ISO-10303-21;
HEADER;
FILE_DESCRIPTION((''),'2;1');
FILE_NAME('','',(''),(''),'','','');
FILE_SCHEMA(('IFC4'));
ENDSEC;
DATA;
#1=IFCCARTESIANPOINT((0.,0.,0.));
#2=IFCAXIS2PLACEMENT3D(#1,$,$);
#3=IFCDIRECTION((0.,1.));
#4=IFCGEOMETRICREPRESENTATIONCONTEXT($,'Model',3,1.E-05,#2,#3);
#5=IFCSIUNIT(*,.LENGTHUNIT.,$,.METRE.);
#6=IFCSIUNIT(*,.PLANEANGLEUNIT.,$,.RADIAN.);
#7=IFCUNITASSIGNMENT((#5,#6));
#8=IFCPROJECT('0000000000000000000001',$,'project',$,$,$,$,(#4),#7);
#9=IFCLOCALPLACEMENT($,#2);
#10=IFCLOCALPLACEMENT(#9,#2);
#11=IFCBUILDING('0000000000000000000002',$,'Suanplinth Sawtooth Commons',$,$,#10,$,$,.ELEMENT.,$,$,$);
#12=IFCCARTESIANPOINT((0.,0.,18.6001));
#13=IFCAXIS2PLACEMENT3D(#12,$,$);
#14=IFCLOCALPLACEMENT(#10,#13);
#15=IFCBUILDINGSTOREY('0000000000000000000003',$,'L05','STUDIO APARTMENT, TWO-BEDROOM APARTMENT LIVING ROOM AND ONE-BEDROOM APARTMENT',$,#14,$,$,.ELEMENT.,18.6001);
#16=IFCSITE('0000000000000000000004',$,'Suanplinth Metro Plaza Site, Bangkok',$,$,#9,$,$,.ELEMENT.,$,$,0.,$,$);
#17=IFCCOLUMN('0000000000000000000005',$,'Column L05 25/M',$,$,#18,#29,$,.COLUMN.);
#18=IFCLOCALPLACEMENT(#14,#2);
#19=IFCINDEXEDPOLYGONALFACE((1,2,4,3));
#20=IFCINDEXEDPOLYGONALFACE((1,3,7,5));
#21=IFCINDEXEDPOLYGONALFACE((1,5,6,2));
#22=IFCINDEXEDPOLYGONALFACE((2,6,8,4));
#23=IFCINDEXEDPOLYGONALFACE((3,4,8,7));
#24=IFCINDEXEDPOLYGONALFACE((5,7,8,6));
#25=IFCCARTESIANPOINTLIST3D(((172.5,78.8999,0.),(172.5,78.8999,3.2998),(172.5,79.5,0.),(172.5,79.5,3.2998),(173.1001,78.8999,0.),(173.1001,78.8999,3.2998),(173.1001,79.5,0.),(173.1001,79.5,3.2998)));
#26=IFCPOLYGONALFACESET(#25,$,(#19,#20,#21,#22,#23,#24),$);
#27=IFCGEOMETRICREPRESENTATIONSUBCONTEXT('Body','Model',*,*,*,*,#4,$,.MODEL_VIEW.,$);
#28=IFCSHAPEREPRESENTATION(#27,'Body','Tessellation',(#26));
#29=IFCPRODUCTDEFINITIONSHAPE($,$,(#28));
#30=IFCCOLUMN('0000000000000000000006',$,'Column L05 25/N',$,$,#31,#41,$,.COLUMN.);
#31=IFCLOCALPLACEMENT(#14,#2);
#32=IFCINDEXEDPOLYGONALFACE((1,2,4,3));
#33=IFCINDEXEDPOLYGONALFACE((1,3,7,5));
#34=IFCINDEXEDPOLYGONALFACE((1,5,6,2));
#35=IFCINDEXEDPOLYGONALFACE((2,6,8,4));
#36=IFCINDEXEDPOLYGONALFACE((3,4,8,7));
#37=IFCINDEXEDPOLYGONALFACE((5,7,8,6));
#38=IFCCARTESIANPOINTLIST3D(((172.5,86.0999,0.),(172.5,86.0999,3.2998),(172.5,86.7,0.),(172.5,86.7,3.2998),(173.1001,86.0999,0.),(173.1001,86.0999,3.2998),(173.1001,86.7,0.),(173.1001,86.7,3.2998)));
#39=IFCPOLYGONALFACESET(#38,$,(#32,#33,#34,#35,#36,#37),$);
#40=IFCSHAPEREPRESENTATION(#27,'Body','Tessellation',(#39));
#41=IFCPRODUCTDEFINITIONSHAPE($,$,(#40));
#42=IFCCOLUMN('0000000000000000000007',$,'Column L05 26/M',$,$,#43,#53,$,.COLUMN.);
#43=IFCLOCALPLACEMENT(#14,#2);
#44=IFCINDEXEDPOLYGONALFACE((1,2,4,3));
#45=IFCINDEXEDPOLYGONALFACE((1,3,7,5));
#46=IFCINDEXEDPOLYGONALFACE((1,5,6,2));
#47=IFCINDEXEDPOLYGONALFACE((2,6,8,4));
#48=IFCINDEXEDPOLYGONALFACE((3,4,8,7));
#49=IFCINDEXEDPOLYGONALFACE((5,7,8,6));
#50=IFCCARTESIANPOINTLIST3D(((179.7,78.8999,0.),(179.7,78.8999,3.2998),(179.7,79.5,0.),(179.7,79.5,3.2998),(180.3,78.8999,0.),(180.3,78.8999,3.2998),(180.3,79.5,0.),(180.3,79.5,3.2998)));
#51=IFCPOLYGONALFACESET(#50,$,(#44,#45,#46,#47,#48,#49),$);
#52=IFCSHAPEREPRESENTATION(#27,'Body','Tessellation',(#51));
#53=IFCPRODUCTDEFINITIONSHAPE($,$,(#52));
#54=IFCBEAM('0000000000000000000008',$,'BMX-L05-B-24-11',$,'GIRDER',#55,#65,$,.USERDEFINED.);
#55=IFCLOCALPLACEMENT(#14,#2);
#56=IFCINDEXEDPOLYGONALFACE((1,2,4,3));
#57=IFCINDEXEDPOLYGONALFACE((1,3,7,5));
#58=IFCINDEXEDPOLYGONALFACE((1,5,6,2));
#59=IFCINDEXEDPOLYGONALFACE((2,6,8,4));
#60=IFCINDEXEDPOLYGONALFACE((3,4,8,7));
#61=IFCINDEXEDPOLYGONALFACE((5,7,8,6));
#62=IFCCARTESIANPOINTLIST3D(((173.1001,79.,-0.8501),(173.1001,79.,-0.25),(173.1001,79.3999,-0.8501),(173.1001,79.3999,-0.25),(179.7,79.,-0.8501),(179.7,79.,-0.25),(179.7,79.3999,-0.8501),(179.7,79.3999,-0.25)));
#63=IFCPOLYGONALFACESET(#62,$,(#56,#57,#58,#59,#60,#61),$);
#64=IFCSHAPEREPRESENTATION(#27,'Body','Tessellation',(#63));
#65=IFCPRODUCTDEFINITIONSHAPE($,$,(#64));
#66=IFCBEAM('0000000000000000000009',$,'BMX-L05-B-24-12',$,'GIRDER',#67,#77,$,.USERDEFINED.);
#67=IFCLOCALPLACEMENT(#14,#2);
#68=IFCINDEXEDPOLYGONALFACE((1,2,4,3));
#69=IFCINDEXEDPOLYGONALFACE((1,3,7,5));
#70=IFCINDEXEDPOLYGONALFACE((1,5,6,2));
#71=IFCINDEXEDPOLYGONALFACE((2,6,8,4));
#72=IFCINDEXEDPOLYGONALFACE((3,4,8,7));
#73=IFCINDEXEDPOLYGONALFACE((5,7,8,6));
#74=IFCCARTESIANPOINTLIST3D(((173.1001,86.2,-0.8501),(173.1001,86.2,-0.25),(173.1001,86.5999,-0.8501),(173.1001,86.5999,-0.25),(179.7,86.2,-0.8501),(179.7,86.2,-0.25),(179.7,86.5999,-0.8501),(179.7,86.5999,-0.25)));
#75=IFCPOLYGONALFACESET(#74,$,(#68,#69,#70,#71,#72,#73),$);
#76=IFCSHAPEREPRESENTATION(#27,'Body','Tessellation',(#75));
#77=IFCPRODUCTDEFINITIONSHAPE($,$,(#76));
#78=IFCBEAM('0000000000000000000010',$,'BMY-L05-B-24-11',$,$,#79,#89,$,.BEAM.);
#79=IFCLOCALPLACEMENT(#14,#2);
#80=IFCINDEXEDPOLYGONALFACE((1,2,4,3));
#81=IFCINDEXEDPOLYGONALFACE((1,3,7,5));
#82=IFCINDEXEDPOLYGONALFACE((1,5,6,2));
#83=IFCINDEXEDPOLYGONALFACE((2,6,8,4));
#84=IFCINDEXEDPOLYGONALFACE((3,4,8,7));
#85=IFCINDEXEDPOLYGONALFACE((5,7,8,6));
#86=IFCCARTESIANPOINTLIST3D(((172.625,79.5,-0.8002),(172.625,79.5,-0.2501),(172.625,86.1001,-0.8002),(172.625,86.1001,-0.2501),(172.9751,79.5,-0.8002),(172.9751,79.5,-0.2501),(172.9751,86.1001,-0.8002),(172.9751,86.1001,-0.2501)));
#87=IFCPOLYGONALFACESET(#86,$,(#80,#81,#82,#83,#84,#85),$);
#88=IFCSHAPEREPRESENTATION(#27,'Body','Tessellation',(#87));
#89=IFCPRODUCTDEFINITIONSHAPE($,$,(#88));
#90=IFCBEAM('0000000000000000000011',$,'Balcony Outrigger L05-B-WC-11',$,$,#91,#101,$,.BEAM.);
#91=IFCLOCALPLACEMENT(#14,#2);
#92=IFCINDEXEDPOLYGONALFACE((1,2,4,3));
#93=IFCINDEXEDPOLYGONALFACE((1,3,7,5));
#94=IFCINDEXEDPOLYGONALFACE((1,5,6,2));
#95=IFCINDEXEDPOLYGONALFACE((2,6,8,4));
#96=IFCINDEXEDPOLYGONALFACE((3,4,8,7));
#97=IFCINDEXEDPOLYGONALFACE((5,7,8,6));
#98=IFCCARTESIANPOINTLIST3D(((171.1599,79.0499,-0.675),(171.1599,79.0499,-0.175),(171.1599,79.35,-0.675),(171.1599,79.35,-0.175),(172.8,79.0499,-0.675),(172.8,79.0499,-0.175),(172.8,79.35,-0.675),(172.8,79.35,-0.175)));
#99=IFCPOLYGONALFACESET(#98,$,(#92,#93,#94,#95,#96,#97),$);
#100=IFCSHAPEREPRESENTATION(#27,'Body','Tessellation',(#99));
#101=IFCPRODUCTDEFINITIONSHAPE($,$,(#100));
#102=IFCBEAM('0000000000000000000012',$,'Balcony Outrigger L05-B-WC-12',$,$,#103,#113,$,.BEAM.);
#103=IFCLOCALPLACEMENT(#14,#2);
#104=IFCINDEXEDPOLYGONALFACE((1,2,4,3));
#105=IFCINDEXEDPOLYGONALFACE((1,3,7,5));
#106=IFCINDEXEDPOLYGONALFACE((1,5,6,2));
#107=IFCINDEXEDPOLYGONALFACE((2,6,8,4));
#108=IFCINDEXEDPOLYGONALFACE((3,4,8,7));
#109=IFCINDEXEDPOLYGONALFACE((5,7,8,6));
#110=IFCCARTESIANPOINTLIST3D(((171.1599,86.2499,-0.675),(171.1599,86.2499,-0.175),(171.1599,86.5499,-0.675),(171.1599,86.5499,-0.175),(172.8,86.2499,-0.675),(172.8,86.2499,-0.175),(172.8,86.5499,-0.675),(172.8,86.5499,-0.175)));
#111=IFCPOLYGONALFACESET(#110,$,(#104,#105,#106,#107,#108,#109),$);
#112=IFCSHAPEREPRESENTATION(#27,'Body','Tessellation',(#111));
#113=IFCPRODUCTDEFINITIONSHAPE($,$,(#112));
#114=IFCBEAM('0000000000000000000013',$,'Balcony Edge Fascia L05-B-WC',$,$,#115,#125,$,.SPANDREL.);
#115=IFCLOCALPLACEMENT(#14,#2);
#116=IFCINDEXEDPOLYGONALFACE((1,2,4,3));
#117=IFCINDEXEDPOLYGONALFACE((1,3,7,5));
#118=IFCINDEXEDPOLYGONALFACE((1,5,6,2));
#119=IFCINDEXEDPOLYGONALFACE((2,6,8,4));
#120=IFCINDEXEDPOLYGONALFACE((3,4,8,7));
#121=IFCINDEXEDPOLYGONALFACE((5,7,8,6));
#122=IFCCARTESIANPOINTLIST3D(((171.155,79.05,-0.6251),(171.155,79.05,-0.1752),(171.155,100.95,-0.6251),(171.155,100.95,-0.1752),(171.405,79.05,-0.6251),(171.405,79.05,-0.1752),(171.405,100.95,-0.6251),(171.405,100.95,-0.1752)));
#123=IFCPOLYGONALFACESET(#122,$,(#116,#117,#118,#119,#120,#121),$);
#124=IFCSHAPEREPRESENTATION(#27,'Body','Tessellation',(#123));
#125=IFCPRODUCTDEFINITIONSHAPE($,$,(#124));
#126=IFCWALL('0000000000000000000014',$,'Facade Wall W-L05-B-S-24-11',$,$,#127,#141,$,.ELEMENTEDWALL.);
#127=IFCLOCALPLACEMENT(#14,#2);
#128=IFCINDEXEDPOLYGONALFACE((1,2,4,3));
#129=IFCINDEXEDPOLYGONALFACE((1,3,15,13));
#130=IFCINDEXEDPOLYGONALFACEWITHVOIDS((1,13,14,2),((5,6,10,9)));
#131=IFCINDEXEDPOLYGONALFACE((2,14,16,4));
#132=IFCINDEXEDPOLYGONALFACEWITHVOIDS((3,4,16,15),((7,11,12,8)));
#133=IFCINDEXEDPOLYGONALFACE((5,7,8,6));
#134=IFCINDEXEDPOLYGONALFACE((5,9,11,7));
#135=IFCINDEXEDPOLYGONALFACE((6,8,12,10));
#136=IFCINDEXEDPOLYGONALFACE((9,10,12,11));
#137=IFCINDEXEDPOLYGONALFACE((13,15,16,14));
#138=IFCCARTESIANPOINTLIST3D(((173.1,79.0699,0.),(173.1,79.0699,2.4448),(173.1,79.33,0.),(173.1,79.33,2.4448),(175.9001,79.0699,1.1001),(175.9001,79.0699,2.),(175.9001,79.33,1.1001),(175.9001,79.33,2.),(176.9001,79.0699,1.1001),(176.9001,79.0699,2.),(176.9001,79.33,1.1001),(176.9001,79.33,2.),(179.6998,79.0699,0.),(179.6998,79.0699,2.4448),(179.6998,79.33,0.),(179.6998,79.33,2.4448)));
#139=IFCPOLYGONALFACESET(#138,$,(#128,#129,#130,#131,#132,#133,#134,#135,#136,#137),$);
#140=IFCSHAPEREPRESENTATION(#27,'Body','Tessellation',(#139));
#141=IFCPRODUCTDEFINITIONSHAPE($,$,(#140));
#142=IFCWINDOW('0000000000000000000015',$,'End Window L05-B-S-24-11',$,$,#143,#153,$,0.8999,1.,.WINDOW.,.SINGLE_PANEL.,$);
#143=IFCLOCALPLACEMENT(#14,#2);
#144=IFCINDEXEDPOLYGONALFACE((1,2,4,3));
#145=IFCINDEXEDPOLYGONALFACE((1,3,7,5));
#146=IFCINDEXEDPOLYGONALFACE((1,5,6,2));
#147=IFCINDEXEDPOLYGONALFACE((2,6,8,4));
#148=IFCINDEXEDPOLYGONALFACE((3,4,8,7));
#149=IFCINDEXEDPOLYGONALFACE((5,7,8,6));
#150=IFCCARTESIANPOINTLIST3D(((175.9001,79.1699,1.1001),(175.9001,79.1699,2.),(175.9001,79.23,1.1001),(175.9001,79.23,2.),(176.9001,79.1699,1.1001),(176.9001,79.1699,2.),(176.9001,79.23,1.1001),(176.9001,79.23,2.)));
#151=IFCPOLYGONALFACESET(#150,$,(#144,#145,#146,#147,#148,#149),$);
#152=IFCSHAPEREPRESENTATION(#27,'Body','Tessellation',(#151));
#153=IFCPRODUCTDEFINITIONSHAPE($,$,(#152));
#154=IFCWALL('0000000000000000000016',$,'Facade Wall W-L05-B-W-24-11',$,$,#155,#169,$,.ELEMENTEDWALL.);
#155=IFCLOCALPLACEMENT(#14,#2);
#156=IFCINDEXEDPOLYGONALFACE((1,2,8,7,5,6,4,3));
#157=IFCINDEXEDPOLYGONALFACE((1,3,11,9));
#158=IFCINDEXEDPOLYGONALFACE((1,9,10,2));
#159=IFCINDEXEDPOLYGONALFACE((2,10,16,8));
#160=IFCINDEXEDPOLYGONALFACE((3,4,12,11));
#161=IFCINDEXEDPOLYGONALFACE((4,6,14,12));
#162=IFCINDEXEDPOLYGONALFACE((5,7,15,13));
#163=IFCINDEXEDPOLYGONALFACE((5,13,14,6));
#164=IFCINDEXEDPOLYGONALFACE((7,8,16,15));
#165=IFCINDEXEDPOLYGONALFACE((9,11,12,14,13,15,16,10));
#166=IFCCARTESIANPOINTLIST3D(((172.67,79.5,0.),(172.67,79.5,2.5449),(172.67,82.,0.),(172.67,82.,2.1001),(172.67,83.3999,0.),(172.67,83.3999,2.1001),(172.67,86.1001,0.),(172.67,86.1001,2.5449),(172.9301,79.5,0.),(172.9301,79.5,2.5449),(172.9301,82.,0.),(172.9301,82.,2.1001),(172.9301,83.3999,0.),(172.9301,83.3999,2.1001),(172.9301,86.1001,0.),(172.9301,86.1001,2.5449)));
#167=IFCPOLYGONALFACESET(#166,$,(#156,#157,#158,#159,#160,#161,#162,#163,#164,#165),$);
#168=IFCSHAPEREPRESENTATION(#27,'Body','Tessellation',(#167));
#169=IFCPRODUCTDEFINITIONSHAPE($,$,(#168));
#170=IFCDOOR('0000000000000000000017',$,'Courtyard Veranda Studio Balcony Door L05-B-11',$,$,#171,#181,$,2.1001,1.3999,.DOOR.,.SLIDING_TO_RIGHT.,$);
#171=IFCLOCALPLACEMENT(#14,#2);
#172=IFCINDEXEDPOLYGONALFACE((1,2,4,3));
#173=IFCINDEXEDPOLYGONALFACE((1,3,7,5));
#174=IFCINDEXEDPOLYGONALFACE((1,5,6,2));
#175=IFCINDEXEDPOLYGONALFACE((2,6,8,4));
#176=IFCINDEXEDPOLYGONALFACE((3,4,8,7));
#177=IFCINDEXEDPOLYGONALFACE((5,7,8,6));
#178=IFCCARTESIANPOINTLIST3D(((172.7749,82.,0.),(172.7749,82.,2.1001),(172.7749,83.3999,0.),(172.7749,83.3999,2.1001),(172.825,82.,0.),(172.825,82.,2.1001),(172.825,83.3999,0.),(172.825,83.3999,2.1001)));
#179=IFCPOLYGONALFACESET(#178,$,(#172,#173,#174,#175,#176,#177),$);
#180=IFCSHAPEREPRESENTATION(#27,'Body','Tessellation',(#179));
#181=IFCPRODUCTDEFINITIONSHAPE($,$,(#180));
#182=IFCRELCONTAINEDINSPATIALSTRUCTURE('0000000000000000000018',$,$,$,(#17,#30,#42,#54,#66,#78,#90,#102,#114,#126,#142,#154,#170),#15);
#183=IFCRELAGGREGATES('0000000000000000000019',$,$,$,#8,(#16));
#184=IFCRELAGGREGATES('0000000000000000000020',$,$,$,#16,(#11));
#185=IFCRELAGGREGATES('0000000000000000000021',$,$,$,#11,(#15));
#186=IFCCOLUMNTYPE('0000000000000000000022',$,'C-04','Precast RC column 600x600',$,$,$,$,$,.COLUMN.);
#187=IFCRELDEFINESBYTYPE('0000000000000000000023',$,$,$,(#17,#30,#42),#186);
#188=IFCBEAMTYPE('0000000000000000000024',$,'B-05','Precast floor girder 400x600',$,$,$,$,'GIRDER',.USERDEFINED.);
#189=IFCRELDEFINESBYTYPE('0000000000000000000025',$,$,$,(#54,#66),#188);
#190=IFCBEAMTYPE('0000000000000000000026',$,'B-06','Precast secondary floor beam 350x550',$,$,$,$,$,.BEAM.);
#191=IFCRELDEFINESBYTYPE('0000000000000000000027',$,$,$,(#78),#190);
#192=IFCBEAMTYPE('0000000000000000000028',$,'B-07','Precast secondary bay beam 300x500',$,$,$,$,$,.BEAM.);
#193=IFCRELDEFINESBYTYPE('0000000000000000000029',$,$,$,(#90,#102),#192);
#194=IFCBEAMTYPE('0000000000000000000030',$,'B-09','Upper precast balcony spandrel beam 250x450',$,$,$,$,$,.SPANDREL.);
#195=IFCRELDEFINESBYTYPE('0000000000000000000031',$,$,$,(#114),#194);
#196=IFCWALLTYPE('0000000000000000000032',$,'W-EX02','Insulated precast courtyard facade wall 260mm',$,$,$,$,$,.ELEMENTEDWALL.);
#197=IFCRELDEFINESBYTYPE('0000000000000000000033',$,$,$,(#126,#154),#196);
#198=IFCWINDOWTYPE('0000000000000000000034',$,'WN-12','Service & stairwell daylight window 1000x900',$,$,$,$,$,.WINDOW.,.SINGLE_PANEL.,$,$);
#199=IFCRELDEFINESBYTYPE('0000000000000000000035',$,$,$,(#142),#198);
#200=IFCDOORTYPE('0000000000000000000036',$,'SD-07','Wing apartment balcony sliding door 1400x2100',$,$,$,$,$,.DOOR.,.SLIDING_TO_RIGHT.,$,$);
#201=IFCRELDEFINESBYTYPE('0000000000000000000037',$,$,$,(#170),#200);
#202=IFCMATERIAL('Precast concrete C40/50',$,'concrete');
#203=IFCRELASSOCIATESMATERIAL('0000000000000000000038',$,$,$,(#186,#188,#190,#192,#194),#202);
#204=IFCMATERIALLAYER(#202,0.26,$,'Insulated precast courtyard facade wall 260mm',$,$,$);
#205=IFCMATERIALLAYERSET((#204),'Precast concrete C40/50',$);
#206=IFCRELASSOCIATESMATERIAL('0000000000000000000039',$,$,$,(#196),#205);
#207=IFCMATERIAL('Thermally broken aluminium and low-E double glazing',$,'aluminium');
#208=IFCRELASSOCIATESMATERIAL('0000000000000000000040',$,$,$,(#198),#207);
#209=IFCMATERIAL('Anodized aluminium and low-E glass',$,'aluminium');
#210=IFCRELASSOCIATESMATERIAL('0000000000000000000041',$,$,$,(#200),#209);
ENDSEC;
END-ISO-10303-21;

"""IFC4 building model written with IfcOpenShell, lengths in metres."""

from ifc_helpers import new_model, si_unit, direction, frame, frame_2d, origin, origin_2d, place, context, subcontext, project, spatial, rectangle, extrude, material, layer, layer_set, material_profile, profile_set, type_object, element, fill, save


model = new_model("IFC4")

# Units and contexts
model_context = context("Model", 3, precision=1e-05, world=origin(), true_north=direction((0.0, 1.0)))
body_context = subcontext(model_context, "Body", "Model", "MODEL_VIEW")
ifc_project = project(units=[si_unit("LENGTHUNIT", "METRE"), si_unit("PLANEANGLEUNIT", "RADIAN")], contexts=[model_context])

# Site, building, storey
site_placement = place(None, origin())
site = spatial("IfcSite", under=ifc_project, at=site_placement, Name="Suanplinth Metro Plaza Site, Bangkok", CompositionType="ELEMENT", RefElevation=0.0)
building_placement = place(site_placement, origin())
building = spatial("IfcBuilding", under=site, at=building_placement, Name="Suanplinth Sawtooth Commons", CompositionType="ELEMENT")
storey_placement = place(building_placement, frame((0.0, 0.0, 18.6001)))
storey = spatial("IfcBuildingStorey", under=building, at=storey_placement, Name="L05", Description="STUDIO APARTMENT, TWO-BEDROOM APARTMENT LIVING ROOM AND ONE-BEDROOM APARTMENT", CompositionType="ELEMENT", Elevation=18.6001)

# Columns
ifc_material_1 = material(Name="Precast concrete C40/50", Category="concrete")
ifc_material_profile_1 = material_profile(ifc_material_1, rectangle(XDim=0.6001, YDim=0.6001, at=origin_2d()), Name="PC-COL 600x600")
ifc_profile_set_1 = profile_set([ifc_material_profile_1], Name="Precast concrete C40/50")
column_type = type_object("IfcColumnType", Name="C-04", Description="Precast RC column 600x600", PredefinedType="COLUMN", material=ifc_profile_set_1)
for number, where, z_axis, x_axis, name in (
    (1, (172.8, 79.2, 0.0), (0.0, 0.0, 1.0), (1.0, 0.0, 0.0), "Column L05 25/M"),
    (2, (172.8, 86.3999, 0.0), (0.0, 0.0, 1.0), (1.0, 0.0, 0.0), "Column L05 25/N"),
    (3, (180.0, 79.2, 0.0), (0.0, 0.0, 1.0), (1.0, 0.0, 0.0), "Column L05 26/M"),
):
    element("IfcColumn", number, at=place(storey_placement, frame(where, z_axis=z_axis, x_axis=x_axis)), inside=storey, type_object=column_type, Name=name, PredefinedType="COLUMN", context=body_context, shape_type="SweptSolid", body=[
        extrude(rectangle(XDim=0.6001, YDim=0.6001, at=origin_2d()), origin(), (0.0, 0.0, 1.0), 3.2998),
    ])

# Beams
ifc_material_profile_2 = material_profile(ifc_material_1, rectangle(XDim=0.3999, YDim=0.6001, at=origin_2d()), Name="PC-GDR 400x600")
ifc_profile_set_2 = profile_set([ifc_material_profile_2], Name="Precast concrete C40/50")
beam_type_1 = type_object("IfcBeamType", Name="B-05", Description="Precast floor girder 400x600", ElementType="GIRDER", PredefinedType="USERDEFINED", material=ifc_profile_set_2)
for number, where, z_axis, x_axis, name in (
    (4, (173.1001, 79.2, -0.55), (1.0, 0.0, 0.0), (0.0, 1.0, 0.0), "BMX-L05-B-24-11"),
    (5, (173.1001, 86.3999, -0.55), (1.0, 0.0, 0.0), (0.0, 1.0, 0.0), "BMX-L05-B-24-12"),
):
    element("IfcBeam", number, at=place(storey_placement, frame(where, z_axis=z_axis, x_axis=x_axis)), inside=storey, type_object=beam_type_1, Name=name, ObjectType="GIRDER", PredefinedType="USERDEFINED", context=body_context, shape_type="SweptSolid", body=[
        extrude(rectangle(XDim=0.3999, YDim=0.6001, at=origin_2d()), origin(), (0.0, 0.0, 1.0), 6.5999),
    ])
ifc_material_profile_3 = material_profile(ifc_material_1, rectangle(XDim=0.3501, YDim=0.55, at=origin_2d()), Name="PC-BM 350x550")
ifc_profile_set_3 = profile_set([ifc_material_profile_3], Name="Precast concrete C40/50")
beam_type_2 = type_object("IfcBeamType", Name="B-06", Description="Precast secondary floor beam 350x550", PredefinedType="BEAM", material=ifc_profile_set_3)
beam_1_placement = place(storey_placement, frame((172.8, 79.5, -0.5251), z_axis=(0.0, 1.0, 0.0), x_axis=(-1.0, 0.0, 0.0)))
element("IfcBeam", 6, at=beam_1_placement, inside=storey, type_object=beam_type_2, Name="BMY-L05-B-24-11", PredefinedType="BEAM", context=body_context, shape_type="SweptSolid", body=[
    extrude(rectangle(XDim=0.3501, YDim=0.55, at=origin_2d()), origin(), (0.0, 0.0, 1.0), 6.6001),
])
ifc_material_profile_4 = material_profile(ifc_material_1, rectangle(XDim=0.3, YDim=0.5, at=origin_2d()), Name="PC-BM 300x500")
ifc_profile_set_4 = profile_set([ifc_material_profile_4], Name="Precast concrete C40/50")
beam_type_3 = type_object("IfcBeamType", Name="B-07", Description="Precast secondary bay beam 300x500", PredefinedType="BEAM", material=ifc_profile_set_4)
for number, where, z_axis, x_axis, name in (
    (7, (172.8, 79.2, -0.425), (-1.0, 0.0, 0.0), (0.0, -1.0, 0.0), "Balcony Outrigger L05-B-WC-11"),
    (8, (172.8, 86.3999, -0.425), (-1.0, 0.0, 0.0), (0.0, -1.0, 0.0), "Balcony Outrigger L05-B-WC-12"),
):
    element("IfcBeam", number, at=place(storey_placement, frame(where, z_axis=z_axis, x_axis=x_axis)), inside=storey, type_object=beam_type_3, Name=name, PredefinedType="BEAM", context=body_context, shape_type="SweptSolid", body=[
        extrude(rectangle(XDim=0.3, YDim=0.5, at=origin_2d()), origin(), (0.0, 0.0, 1.0), 1.6401),
    ])
ifc_material_profile_5 = material_profile(ifc_material_1, rectangle(XDim=0.25, YDim=0.45, at=origin_2d()), Name="PC-SP 250x450")
ifc_profile_set_5 = profile_set([ifc_material_profile_5], Name="Precast concrete C40/50")
beam_type_4 = type_object("IfcBeamType", Name="B-09", Description="Upper precast balcony spandrel beam 250x450", PredefinedType="SPANDREL", material=ifc_profile_set_5)
beam_2_placement = place(storey_placement, frame((171.28, 79.05, -0.4001), z_axis=(0.0, 1.0, 0.0), x_axis=(-1.0, 0.0, 0.0)))
element("IfcBeam", 9, at=beam_2_placement, inside=storey, type_object=beam_type_4, Name="Balcony Edge Fascia L05-B-WC", PredefinedType="SPANDREL", context=body_context, shape_type="SweptSolid", body=[
    extrude(rectangle(XDim=0.25, YDim=0.45, at=origin_2d()), origin(), (0.0, 0.0, 1.0), 21.8999),
])

# Wall, opening, window
ifc_layer_1 = layer(ifc_material_1, 0.26, Name="Insulated precast courtyard facade wall 260mm")
ifc_layer_set_1 = layer_set([ifc_layer_1], Name="Precast concrete C40/50")
wall_type_1 = type_object("IfcWallType", Name="W-EX02", Description="Insulated precast courtyard facade wall 260mm", PredefinedType="ELEMENTEDWALL", material=ifc_layer_set_1)
wall_1_placement = place(storey_placement, frame((173.1001, 79.2, 0.0), z_axis=(0.0, 0.0, 1.0), x_axis=(1.0, 0.0, 0.0)))
wall_1 = element("IfcWall", 10, at=wall_1_placement, inside=storey, type_object=wall_type_1, Name="Facade Wall W-L05-B-S-24-11", PredefinedType="ELEMENTEDWALL", context=body_context, shape_type="SweptSolid", body=[
    extrude(rectangle(XDim=6.5999, YDim=0.26, at=frame_2d((3.2998, 0.0))), origin(), (0.0, 0.0, 1.0), 2.4448),
])
opening_1_placement = place(wall_1_placement, frame((2.8, 0.0, 1.1001)))
opening_1 = element("IfcOpeningElement", 11, at=opening_1_placement, cuts=wall_1, PredefinedType="OPENING", context=body_context, shape_type="SweptSolid", body=[
    extrude(rectangle(XDim=1.0, YDim=0.8999, at=frame_2d((0.5, 0.45))), frame((0.0, 0.145, 0.0), z_axis=(0.0, -1.0, 0.0), x_axis=(1.0, 0.0, 0.0)), (0.0, 0.0, 1.0), 0.2898),
])
ifc_material_2 = material(Name="Thermally broken aluminium and low-E double glazing", Category="aluminium")
window_type = type_object("IfcWindowType", Name="WN-12", Description="Service & stairwell daylight window 1000x900", PartitioningType="SINGLE_PANEL", PredefinedType="WINDOW", material=ifc_material_2)
window_placement = place(opening_1_placement, origin())
window = element("IfcWindow", 12, at=window_placement, inside=storey, type_object=window_type, Name="End Window L05-B-S-24-11", OverallHeight=0.8999, OverallWidth=1.0, PartitioningType="SINGLE_PANEL", PredefinedType="WINDOW", context=body_context, shape_type="SweptSolid", body=[
    extrude(rectangle(XDim=1.0, YDim=0.8999, at=frame_2d((0.5, 0.45))), frame((0.0, 0.03, 0.0), z_axis=(0.0, -1.0, 0.0), x_axis=(1.0, 0.0, 0.0)), (0.0, 0.0, 1.0), 0.0601),
])
fill(opening_1, window)

# Wall, opening, door
wall_2_placement = place(storey_placement, frame((172.8, 79.5, 0.0), z_axis=(0.0, 0.0, 1.0), x_axis=(0.0, 1.0, 0.0)))
wall_2 = element("IfcWall", 13, at=wall_2_placement, inside=storey, type_object=wall_type_1, Name="Facade Wall W-L05-B-W-24-11", PredefinedType="ELEMENTEDWALL", context=body_context, shape_type="SweptSolid", body=[
    extrude(rectangle(XDim=6.6001, YDim=0.26, at=frame_2d((3.3, 0.0))), origin(), (0.0, 0.0, 1.0), 2.5449),
])
opening_2_placement = place(wall_2_placement, frame((2.5, 0.0, 0.0)))
opening_2 = element("IfcOpeningElement", 14, at=opening_2_placement, cuts=wall_2, PredefinedType="OPENING", context=body_context, shape_type="SweptSolid", body=[
    extrude(rectangle(XDim=1.3999, YDim=2.1001, at=frame_2d((0.7, 1.05))), frame((0.0, 0.145, 0.0), z_axis=(0.0, -1.0, 0.0), x_axis=(1.0, 0.0, 0.0)), (0.0, 0.0, 1.0), 0.2898),
])
ifc_material_3 = material(Name="Anodized aluminium and low-E glass", Category="aluminium")
door_type_1 = type_object("IfcDoorType", Name="SD-07", Description="Wing apartment balcony sliding door 1400x2100", OperationType="SLIDING_TO_RIGHT", PredefinedType="DOOR", material=ifc_material_3)
door_1_placement = place(opening_2_placement, frame((1.3999, 0.0, 0.0), z_axis=(0.0, 0.0, 1.0), x_axis=(-1.0, 0.0, 0.0)))
door_1 = element("IfcDoor", 15, at=door_1_placement, inside=storey, type_object=door_type_1, Name="Courtyard Veranda Studio Balcony Door L05-B-11", OperationType="SLIDING_TO_RIGHT", OverallHeight=2.1001, OverallWidth=1.3999, PredefinedType="DOOR", context=body_context, shape_type="SweptSolid", body=[
    extrude(rectangle(XDim=1.3999, YDim=2.1001, at=frame_2d((0.7, 1.05))), frame((0.0, 0.0249, 0.0), z_axis=(0.0, -1.0, 0.0), x_axis=(1.0, 0.0, 0.0)), (0.0, 0.0, 1.0), 0.05),
])
fill(opening_2, door_1)

save(model, "model.ifc")
